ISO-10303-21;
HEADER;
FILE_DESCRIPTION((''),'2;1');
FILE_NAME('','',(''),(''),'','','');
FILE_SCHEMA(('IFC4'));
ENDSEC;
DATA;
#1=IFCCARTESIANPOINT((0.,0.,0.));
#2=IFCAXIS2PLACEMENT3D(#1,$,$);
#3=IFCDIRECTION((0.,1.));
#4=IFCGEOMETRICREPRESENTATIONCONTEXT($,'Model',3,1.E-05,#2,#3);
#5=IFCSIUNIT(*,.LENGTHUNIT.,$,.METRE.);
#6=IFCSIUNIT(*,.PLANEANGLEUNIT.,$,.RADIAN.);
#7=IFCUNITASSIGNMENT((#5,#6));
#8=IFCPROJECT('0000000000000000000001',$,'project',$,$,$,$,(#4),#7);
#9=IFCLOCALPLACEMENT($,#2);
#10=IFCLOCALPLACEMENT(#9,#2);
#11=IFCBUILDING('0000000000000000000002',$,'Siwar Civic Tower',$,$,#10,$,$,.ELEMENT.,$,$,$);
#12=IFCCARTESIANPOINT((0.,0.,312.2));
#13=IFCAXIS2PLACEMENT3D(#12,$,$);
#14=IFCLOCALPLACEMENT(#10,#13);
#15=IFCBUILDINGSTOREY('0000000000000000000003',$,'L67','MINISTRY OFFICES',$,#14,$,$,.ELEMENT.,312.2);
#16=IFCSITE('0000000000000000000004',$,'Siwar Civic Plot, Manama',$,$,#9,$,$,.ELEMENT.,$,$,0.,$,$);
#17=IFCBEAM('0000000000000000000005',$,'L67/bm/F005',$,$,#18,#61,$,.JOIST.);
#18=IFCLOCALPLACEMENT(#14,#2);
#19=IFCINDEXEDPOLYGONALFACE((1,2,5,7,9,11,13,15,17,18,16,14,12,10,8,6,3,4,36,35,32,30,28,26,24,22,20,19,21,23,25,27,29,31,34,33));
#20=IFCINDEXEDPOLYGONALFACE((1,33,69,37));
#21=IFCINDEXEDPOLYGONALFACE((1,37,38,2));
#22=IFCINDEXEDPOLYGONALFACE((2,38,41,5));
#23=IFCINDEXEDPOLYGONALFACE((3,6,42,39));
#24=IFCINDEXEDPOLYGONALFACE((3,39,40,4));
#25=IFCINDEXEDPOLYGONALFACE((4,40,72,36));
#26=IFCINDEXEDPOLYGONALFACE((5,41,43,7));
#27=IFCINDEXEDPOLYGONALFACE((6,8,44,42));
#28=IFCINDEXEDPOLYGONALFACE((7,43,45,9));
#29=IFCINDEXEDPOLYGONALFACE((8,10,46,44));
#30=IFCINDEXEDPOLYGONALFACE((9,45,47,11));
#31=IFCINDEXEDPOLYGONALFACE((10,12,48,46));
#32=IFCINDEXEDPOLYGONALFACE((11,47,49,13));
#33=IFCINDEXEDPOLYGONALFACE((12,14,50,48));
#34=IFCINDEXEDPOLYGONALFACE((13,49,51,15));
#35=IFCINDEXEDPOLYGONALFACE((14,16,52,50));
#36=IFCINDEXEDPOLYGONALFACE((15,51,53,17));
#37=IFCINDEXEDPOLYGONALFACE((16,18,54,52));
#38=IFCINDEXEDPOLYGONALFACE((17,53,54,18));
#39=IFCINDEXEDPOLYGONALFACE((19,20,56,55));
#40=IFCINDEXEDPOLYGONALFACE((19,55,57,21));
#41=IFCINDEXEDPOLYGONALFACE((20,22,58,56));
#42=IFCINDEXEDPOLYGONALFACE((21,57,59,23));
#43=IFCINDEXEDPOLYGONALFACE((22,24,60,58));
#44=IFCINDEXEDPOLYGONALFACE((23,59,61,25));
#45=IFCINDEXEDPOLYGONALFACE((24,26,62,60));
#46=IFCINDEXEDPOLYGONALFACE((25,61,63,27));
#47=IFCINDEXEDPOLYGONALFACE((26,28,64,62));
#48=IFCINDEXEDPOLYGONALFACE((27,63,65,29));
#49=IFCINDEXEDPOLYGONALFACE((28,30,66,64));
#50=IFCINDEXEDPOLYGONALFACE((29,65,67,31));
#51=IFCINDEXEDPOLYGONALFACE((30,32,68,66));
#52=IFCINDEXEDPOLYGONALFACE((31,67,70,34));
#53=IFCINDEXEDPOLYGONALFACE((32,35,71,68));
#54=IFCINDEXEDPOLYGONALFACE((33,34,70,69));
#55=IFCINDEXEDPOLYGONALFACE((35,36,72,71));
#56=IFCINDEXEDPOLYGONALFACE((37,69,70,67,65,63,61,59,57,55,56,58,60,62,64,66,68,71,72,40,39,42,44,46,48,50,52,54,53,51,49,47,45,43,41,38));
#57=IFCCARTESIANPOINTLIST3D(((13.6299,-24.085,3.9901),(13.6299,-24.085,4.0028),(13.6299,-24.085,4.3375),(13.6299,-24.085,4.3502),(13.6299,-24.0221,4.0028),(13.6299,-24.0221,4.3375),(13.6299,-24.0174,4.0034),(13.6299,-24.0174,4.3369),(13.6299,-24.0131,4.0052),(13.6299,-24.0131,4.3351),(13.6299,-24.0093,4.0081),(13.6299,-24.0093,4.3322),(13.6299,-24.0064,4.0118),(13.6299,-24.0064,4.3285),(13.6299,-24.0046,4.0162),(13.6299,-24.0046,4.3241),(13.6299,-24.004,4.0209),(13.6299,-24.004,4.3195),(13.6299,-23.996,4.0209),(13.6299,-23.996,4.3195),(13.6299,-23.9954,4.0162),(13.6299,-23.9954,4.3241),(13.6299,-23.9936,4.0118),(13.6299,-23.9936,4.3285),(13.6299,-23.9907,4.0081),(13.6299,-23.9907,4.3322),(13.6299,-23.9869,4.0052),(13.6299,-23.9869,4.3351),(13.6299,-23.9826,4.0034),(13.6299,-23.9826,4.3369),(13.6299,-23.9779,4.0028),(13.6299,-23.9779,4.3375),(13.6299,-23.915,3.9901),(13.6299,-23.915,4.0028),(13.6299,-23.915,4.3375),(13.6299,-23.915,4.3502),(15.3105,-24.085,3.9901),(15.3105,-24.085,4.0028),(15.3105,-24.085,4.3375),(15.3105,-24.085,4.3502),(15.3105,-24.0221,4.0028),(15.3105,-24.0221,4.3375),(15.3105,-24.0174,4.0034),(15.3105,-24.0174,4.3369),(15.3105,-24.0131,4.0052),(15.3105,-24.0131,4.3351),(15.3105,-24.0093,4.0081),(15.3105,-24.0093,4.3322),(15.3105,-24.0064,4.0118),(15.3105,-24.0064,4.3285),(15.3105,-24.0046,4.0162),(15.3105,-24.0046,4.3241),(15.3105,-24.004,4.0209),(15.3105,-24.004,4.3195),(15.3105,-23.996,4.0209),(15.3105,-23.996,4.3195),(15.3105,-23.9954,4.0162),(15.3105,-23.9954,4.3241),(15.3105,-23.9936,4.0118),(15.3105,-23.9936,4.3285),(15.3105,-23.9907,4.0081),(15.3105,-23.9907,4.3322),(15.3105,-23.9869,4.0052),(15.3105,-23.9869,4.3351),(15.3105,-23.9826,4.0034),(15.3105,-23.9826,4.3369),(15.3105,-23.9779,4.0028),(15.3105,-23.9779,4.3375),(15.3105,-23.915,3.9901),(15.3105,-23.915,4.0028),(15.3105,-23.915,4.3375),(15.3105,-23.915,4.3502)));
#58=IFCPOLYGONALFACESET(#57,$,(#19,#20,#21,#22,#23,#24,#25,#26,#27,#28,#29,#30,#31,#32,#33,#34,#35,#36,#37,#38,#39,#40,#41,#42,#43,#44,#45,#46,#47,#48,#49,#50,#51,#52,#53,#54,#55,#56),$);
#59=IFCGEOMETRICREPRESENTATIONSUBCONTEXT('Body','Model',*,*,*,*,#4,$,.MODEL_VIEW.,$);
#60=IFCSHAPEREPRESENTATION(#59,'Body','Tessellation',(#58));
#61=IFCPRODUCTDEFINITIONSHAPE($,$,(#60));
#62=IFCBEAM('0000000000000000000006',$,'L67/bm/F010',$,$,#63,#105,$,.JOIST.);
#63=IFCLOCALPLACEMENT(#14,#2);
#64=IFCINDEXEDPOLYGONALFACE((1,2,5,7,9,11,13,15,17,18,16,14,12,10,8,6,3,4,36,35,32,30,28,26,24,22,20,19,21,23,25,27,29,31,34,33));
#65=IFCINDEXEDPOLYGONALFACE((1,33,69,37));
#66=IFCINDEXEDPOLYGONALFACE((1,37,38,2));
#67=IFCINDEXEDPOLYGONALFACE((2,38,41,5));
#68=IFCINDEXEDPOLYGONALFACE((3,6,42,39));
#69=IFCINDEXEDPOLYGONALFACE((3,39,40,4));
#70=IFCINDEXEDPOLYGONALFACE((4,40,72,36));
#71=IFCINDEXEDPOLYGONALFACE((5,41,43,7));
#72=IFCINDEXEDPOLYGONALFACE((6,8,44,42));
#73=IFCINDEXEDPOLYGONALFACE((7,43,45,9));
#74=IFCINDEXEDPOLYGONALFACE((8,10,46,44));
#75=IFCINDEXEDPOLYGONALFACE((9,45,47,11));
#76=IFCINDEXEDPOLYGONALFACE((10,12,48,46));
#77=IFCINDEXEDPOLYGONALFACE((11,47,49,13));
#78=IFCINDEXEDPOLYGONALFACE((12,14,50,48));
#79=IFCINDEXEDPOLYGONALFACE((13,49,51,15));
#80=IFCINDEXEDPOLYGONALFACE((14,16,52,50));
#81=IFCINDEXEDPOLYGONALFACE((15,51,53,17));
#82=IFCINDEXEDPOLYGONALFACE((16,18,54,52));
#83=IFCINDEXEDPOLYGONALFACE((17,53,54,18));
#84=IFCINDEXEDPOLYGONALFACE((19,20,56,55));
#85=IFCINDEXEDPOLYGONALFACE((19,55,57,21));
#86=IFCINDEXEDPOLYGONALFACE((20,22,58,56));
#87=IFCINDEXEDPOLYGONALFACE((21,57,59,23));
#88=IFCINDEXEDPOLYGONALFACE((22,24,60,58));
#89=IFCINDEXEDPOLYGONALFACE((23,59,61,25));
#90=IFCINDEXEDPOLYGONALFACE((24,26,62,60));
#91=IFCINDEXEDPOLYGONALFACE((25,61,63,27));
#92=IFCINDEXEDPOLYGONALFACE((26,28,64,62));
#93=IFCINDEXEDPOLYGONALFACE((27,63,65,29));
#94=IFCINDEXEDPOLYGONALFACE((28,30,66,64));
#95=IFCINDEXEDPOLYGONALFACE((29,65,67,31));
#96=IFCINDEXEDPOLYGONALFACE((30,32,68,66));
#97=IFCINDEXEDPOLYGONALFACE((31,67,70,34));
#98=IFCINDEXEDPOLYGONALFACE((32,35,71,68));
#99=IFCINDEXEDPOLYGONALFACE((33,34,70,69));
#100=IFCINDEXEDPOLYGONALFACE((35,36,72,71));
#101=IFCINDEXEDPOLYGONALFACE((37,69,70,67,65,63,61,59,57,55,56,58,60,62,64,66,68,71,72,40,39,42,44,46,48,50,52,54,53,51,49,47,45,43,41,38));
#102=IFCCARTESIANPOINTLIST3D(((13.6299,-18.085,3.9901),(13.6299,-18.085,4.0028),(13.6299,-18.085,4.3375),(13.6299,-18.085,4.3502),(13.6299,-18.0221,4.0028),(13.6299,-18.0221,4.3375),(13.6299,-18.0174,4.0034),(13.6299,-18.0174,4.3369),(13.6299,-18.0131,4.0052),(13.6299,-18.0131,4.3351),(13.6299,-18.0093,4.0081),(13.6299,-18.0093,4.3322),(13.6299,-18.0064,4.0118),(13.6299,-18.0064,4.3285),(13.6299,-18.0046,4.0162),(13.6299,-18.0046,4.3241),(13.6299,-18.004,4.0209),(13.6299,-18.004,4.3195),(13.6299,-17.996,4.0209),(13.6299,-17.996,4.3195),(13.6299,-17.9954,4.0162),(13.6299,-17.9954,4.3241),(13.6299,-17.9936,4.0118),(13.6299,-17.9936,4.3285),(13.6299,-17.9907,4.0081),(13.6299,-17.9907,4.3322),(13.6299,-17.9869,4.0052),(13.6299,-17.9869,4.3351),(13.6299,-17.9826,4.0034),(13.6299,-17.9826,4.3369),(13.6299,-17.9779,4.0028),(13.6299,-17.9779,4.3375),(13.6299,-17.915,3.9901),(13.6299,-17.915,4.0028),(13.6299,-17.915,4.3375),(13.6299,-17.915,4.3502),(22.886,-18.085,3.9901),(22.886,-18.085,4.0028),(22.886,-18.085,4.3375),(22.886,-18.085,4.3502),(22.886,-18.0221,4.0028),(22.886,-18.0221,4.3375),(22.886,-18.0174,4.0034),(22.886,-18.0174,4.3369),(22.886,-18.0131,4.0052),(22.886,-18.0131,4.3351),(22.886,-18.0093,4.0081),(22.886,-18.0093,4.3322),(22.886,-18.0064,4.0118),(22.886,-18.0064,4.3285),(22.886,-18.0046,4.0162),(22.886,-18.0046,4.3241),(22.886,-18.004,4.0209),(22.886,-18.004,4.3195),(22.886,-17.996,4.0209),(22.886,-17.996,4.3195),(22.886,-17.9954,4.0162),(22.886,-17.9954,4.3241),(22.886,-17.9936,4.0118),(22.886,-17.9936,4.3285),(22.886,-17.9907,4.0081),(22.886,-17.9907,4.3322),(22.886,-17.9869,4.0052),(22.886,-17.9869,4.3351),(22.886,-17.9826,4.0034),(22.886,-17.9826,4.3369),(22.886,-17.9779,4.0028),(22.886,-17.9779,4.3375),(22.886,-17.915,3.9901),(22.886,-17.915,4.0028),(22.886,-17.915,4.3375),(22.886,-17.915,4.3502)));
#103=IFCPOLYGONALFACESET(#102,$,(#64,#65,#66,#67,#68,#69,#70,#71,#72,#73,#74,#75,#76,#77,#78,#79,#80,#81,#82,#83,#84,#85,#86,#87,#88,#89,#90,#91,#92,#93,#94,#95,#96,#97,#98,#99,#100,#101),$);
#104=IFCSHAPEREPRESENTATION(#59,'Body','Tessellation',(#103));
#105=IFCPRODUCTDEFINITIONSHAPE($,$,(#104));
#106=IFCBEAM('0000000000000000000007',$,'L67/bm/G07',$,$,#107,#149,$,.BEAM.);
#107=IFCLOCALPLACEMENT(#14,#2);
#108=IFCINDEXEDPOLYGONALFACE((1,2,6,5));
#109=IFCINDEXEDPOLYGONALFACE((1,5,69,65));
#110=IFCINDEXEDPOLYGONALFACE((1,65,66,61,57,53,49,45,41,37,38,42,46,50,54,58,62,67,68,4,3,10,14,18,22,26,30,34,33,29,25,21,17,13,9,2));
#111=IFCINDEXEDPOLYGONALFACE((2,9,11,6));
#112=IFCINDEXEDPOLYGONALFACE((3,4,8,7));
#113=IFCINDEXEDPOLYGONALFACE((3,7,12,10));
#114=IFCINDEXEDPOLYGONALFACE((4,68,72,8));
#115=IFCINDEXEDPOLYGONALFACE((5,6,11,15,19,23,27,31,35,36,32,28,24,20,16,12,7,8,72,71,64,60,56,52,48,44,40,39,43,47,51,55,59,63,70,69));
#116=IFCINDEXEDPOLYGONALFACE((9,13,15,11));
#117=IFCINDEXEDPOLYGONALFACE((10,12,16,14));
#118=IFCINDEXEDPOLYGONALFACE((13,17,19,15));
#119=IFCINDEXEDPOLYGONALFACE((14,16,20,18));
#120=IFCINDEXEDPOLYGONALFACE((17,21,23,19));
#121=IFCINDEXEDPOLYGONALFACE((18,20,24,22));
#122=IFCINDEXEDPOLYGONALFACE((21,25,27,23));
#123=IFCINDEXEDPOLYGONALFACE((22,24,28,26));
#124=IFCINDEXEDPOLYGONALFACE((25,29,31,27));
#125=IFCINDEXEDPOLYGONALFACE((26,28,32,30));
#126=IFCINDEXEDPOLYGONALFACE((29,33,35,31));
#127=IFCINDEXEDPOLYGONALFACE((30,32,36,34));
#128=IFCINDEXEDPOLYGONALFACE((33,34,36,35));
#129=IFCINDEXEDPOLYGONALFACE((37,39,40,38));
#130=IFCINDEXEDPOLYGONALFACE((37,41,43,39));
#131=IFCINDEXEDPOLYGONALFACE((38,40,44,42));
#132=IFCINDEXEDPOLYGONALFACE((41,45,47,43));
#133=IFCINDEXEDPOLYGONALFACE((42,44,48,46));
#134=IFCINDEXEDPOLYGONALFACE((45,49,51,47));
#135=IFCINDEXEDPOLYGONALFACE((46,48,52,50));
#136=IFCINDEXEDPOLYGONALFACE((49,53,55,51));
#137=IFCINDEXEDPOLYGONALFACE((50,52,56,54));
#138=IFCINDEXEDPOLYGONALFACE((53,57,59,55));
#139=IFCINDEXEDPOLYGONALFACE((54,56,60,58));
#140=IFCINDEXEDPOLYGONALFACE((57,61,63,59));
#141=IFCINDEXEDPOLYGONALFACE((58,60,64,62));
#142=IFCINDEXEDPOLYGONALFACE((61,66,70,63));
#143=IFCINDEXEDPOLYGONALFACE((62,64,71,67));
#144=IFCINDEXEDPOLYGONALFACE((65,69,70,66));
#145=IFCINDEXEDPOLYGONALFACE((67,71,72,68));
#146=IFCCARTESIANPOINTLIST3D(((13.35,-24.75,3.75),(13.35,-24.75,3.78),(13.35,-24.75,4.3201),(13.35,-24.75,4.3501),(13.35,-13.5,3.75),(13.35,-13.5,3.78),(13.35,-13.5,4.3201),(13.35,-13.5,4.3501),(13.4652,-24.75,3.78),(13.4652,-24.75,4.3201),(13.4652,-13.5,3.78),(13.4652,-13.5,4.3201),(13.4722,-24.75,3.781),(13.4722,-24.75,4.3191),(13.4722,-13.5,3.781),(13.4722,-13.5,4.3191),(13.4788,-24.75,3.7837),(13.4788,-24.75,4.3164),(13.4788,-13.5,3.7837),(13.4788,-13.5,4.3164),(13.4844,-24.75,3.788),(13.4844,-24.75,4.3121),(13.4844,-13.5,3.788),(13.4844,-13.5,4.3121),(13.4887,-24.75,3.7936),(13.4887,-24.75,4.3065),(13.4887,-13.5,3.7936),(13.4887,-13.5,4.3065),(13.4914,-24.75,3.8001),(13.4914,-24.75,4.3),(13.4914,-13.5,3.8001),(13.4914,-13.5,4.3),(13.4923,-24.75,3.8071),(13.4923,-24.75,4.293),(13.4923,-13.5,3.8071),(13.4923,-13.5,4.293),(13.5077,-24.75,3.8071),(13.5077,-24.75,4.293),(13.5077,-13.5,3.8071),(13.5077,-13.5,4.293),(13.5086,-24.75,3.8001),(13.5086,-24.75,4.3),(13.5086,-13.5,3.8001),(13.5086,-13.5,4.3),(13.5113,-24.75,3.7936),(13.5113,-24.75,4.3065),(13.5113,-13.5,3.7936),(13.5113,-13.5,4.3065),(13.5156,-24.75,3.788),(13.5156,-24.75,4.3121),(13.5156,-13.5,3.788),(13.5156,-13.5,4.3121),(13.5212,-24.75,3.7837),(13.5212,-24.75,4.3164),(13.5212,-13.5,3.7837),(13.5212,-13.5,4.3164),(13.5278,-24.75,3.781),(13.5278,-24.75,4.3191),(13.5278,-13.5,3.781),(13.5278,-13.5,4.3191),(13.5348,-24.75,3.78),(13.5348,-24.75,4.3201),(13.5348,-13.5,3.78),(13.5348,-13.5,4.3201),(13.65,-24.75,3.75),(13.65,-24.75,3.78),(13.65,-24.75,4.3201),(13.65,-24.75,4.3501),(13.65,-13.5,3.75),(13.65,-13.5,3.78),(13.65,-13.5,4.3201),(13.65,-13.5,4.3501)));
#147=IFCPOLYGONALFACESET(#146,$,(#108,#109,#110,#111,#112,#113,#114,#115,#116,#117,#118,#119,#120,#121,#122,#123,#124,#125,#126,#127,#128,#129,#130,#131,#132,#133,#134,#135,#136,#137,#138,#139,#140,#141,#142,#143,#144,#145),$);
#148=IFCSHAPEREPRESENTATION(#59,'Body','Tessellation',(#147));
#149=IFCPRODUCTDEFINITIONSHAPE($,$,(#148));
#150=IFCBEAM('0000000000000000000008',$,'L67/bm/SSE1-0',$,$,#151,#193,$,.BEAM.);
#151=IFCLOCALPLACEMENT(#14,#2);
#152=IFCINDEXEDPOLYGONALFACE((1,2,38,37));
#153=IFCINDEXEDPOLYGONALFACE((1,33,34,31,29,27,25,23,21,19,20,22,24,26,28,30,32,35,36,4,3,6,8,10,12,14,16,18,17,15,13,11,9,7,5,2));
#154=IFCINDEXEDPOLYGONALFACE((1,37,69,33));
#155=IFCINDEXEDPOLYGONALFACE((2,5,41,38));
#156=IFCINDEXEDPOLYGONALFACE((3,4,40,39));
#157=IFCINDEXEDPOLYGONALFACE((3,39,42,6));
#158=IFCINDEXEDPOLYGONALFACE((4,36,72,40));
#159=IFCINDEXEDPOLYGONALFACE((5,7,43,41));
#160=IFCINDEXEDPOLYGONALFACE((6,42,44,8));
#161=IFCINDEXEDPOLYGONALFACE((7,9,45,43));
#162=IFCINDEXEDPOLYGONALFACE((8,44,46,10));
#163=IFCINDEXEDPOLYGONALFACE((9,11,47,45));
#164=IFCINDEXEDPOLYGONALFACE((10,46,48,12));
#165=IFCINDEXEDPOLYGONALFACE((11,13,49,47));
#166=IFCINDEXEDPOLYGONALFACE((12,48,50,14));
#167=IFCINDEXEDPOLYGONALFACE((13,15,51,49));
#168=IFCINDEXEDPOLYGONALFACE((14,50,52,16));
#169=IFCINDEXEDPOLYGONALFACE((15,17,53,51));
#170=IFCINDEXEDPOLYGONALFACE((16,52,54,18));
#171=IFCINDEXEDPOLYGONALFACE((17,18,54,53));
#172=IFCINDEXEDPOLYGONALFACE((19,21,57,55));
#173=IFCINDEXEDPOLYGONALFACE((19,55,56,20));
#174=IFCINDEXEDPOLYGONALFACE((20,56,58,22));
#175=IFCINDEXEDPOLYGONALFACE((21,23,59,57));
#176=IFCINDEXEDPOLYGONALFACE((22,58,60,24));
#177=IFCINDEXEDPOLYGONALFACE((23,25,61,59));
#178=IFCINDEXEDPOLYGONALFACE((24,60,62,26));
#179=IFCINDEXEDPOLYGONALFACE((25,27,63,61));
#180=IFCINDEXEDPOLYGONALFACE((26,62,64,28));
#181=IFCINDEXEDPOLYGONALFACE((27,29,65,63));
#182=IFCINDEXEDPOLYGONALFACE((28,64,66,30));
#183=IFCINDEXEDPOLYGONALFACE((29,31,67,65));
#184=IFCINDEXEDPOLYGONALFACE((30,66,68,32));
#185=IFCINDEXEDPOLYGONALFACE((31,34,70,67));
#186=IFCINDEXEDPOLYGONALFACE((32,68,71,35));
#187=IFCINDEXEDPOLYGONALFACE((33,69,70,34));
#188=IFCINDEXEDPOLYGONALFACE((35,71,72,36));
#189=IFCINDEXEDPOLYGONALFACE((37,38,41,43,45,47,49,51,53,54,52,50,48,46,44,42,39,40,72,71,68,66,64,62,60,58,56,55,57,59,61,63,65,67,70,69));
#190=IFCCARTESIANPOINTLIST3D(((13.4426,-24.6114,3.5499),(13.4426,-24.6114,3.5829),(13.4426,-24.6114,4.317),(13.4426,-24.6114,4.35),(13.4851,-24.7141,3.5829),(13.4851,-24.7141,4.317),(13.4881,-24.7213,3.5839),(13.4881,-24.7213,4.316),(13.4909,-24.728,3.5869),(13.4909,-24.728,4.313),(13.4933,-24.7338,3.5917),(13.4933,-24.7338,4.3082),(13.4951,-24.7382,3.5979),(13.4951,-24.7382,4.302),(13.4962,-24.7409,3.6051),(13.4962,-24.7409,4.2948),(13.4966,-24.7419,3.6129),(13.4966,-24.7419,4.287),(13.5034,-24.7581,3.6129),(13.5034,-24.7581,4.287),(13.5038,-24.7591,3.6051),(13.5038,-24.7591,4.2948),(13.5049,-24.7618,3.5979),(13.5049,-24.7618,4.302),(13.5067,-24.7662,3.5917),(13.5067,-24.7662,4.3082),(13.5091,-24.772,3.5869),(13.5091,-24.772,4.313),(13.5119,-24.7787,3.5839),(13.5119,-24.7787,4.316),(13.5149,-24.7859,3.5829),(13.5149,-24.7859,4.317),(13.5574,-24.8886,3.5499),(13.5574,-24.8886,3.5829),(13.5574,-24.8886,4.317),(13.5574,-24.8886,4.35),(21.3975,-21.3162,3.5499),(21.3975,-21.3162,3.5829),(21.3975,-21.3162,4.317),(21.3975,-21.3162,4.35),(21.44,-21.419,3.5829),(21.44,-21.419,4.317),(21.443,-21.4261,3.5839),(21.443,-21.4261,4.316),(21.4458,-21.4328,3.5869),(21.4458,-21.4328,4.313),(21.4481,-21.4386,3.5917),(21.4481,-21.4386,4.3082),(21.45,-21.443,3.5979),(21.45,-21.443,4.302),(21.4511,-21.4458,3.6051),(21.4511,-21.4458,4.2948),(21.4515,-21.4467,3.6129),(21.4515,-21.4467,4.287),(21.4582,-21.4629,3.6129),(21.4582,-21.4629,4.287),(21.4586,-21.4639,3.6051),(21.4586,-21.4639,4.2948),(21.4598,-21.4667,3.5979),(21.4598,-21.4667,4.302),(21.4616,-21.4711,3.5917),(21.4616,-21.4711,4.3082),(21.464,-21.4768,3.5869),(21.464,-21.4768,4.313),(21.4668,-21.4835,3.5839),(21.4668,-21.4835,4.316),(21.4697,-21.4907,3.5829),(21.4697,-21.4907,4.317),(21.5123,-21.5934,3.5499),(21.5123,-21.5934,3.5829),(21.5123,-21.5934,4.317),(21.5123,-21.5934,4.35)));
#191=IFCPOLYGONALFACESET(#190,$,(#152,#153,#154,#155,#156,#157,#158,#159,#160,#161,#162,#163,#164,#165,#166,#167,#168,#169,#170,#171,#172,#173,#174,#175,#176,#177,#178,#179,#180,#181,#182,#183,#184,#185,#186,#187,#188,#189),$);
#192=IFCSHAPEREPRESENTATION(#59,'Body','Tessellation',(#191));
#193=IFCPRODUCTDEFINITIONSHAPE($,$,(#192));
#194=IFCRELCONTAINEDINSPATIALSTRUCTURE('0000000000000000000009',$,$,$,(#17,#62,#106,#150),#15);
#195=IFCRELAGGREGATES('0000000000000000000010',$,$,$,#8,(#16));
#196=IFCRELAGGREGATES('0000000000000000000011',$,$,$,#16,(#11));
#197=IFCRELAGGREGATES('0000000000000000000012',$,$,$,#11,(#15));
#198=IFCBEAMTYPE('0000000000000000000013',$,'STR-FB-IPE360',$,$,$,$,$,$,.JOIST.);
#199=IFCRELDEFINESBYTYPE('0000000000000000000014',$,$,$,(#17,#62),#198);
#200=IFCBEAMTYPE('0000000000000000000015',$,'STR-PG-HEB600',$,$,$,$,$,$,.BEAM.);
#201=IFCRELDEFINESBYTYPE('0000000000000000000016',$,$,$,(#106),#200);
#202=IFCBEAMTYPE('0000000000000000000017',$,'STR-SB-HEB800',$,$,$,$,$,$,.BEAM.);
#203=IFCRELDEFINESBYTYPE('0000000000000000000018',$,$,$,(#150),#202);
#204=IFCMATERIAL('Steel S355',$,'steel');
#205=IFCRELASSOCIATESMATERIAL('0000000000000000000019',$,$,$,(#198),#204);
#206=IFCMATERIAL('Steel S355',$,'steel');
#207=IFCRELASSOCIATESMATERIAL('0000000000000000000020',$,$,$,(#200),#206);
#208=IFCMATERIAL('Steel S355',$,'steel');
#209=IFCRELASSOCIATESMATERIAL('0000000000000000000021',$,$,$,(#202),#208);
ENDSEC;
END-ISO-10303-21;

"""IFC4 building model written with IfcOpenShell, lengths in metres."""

from ifc_helpers import new_model, si_unit, direction, frame, origin, origin_2d, place, context, subcontext, project, spatial, i_section, extrude, material, material_profile, profile_set, type_object, element, save


model = new_model("IFC4")

# Units and contexts
model_context = context("Model", 3, precision=1e-05, world=origin(), true_north=direction((0.0, 1.0)))
body_context = subcontext(model_context, "Body", "Model", "MODEL_VIEW")
ifc_project = project(units=[si_unit("LENGTHUNIT", "METRE"), si_unit("PLANEANGLEUNIT", "RADIAN")], contexts=[model_context])

# Site, building, storey
site_placement = place(None, origin())
site = spatial("IfcSite", under=ifc_project, at=site_placement, Name="Siwar Civic Plot, Manama", CompositionType="ELEMENT", RefElevation=0.0)
building_placement = place(site_placement, origin())
building = spatial("IfcBuilding", under=site, at=building_placement, Name="Siwar Civic Tower", CompositionType="ELEMENT")
storey_placement = place(building_placement, frame((0.0, 0.0, 312.2)))
storey = spatial("IfcBuildingStorey", under=building, at=storey_placement, Name="L67", Description="MINISTRY OFFICES", CompositionType="ELEMENT", Elevation=312.2)

# Beams
ifc_material_1 = material(Name="Steel S355", Category="steel")
ifc_material_profile_1 = material_profile(ifc_material_1, i_section(OverallWidth=0.1699, OverallDepth=0.3601, WebThickness=0.0081, FlangeThickness=0.0127, FilletRadius=0.0181, at=origin_2d()), Name="IPE360")
ifc_profile_set_1 = profile_set([ifc_material_profile_1], Name="Steel S355")
beam_type_1 = type_object("IfcBeamType", Name="STR-FB-IPE360", PredefinedType="JOIST", material=ifc_profile_set_1)
beam_1_placement = place(storey_placement, frame((13.6299, -24.0, 4.1702), z_axis=(1.0, 0.0, 0.0), x_axis=(0.0, 1.0, 0.0)))
element("IfcBeam", 1, at=beam_1_placement, inside=storey, type_object=beam_type_1, Name="L67/bm/F005", PredefinedType="JOIST", context=body_context, shape_type="SweptSolid", body=[
    extrude(i_section(OverallWidth=0.1699, OverallDepth=0.3601, WebThickness=0.0081, FlangeThickness=0.0127, FilletRadius=0.0181, at=origin_2d()), origin(), (0.0, 0.0, 1.0), 1.6807),
])
beam_2_placement = place(storey_placement, frame((13.6299, -18.0, 4.1702), z_axis=(1.0, 0.0, 0.0), x_axis=(0.0, 1.0, 0.0)))
element("IfcBeam", 2, at=beam_2_placement, inside=storey, type_object=beam_type_1, Name="L67/bm/F010", PredefinedType="JOIST", context=body_context, shape_type="SweptSolid", body=[
    extrude(i_section(OverallWidth=0.1699, OverallDepth=0.3601, WebThickness=0.0081, FlangeThickness=0.0127, FilletRadius=0.0181, at=origin_2d()), origin(), (0.0, 0.0, 1.0), 9.2561),
])
ifc_material_2 = material(Name="Steel S355", Category="steel")
ifc_material_profile_2 = material_profile(ifc_material_2, i_section(OverallWidth=0.3, OverallDepth=0.6001, WebThickness=0.0154, FlangeThickness=0.03, FilletRadius=0.0271, at=origin_2d()), Name="HEB600")
ifc_profile_set_2 = profile_set([ifc_material_profile_2], Name="Steel S355")
beam_type_2 = type_object("IfcBeamType", Name="STR-PG-HEB600", PredefinedType="BEAM", material=ifc_profile_set_2)
beam_3_placement = place(storey_placement, frame((13.5, -24.75, 4.05), z_axis=(0.0, 1.0, 0.0), x_axis=(-1.0, 0.0, 0.0)))
element("IfcBeam", 3, at=beam_3_placement, inside=storey, type_object=beam_type_2, Name="L67/bm/G07", PredefinedType="BEAM", context=body_context, shape_type="SweptSolid", body=[
    extrude(i_section(OverallWidth=0.3, OverallDepth=0.6001, WebThickness=0.0154, FlangeThickness=0.03, FilletRadius=0.0271, at=origin_2d()), origin(), (0.0, 0.0, 1.0), 11.25),
])
ifc_material_3 = material(Name="Steel S355", Category="steel")
ifc_material_profile_3 = material_profile(ifc_material_3, i_section(OverallWidth=0.3, OverallDepth=0.8, WebThickness=0.0176, FlangeThickness=0.033, FilletRadius=0.03, at=origin_2d()), Name="HEB800")
ifc_profile_set_3 = profile_set([ifc_material_profile_3], Name="Steel S355")
beam_type_3 = type_object("IfcBeamType", Name="STR-SB-HEB800", PredefinedType="BEAM", material=ifc_profile_set_3)
for number, where, z_axis, x_axis, name in (
    (4, (13.5, -24.75, 3.95), (0.923873, 0.3827, 0.0), (-0.3827, 0.923873, 0.0), "L67/bm/SSE1-0"),
):
    element("IfcBeam", number, at=place(storey_placement, frame(where, z_axis=z_axis, x_axis=x_axis)), inside=storey, type_object=beam_type_3, Name=name, PredefinedType="BEAM", context=body_context, shape_type="SweptSolid", body=[
        extrude(i_section(OverallWidth=0.3, OverallDepth=0.8, WebThickness=0.0176, FlangeThickness=0.033, FilletRadius=0.03, at=origin_2d()), origin(), (0.0, 0.0, 1.0), 8.6104),
    ])

save(model, "model.ifc")
